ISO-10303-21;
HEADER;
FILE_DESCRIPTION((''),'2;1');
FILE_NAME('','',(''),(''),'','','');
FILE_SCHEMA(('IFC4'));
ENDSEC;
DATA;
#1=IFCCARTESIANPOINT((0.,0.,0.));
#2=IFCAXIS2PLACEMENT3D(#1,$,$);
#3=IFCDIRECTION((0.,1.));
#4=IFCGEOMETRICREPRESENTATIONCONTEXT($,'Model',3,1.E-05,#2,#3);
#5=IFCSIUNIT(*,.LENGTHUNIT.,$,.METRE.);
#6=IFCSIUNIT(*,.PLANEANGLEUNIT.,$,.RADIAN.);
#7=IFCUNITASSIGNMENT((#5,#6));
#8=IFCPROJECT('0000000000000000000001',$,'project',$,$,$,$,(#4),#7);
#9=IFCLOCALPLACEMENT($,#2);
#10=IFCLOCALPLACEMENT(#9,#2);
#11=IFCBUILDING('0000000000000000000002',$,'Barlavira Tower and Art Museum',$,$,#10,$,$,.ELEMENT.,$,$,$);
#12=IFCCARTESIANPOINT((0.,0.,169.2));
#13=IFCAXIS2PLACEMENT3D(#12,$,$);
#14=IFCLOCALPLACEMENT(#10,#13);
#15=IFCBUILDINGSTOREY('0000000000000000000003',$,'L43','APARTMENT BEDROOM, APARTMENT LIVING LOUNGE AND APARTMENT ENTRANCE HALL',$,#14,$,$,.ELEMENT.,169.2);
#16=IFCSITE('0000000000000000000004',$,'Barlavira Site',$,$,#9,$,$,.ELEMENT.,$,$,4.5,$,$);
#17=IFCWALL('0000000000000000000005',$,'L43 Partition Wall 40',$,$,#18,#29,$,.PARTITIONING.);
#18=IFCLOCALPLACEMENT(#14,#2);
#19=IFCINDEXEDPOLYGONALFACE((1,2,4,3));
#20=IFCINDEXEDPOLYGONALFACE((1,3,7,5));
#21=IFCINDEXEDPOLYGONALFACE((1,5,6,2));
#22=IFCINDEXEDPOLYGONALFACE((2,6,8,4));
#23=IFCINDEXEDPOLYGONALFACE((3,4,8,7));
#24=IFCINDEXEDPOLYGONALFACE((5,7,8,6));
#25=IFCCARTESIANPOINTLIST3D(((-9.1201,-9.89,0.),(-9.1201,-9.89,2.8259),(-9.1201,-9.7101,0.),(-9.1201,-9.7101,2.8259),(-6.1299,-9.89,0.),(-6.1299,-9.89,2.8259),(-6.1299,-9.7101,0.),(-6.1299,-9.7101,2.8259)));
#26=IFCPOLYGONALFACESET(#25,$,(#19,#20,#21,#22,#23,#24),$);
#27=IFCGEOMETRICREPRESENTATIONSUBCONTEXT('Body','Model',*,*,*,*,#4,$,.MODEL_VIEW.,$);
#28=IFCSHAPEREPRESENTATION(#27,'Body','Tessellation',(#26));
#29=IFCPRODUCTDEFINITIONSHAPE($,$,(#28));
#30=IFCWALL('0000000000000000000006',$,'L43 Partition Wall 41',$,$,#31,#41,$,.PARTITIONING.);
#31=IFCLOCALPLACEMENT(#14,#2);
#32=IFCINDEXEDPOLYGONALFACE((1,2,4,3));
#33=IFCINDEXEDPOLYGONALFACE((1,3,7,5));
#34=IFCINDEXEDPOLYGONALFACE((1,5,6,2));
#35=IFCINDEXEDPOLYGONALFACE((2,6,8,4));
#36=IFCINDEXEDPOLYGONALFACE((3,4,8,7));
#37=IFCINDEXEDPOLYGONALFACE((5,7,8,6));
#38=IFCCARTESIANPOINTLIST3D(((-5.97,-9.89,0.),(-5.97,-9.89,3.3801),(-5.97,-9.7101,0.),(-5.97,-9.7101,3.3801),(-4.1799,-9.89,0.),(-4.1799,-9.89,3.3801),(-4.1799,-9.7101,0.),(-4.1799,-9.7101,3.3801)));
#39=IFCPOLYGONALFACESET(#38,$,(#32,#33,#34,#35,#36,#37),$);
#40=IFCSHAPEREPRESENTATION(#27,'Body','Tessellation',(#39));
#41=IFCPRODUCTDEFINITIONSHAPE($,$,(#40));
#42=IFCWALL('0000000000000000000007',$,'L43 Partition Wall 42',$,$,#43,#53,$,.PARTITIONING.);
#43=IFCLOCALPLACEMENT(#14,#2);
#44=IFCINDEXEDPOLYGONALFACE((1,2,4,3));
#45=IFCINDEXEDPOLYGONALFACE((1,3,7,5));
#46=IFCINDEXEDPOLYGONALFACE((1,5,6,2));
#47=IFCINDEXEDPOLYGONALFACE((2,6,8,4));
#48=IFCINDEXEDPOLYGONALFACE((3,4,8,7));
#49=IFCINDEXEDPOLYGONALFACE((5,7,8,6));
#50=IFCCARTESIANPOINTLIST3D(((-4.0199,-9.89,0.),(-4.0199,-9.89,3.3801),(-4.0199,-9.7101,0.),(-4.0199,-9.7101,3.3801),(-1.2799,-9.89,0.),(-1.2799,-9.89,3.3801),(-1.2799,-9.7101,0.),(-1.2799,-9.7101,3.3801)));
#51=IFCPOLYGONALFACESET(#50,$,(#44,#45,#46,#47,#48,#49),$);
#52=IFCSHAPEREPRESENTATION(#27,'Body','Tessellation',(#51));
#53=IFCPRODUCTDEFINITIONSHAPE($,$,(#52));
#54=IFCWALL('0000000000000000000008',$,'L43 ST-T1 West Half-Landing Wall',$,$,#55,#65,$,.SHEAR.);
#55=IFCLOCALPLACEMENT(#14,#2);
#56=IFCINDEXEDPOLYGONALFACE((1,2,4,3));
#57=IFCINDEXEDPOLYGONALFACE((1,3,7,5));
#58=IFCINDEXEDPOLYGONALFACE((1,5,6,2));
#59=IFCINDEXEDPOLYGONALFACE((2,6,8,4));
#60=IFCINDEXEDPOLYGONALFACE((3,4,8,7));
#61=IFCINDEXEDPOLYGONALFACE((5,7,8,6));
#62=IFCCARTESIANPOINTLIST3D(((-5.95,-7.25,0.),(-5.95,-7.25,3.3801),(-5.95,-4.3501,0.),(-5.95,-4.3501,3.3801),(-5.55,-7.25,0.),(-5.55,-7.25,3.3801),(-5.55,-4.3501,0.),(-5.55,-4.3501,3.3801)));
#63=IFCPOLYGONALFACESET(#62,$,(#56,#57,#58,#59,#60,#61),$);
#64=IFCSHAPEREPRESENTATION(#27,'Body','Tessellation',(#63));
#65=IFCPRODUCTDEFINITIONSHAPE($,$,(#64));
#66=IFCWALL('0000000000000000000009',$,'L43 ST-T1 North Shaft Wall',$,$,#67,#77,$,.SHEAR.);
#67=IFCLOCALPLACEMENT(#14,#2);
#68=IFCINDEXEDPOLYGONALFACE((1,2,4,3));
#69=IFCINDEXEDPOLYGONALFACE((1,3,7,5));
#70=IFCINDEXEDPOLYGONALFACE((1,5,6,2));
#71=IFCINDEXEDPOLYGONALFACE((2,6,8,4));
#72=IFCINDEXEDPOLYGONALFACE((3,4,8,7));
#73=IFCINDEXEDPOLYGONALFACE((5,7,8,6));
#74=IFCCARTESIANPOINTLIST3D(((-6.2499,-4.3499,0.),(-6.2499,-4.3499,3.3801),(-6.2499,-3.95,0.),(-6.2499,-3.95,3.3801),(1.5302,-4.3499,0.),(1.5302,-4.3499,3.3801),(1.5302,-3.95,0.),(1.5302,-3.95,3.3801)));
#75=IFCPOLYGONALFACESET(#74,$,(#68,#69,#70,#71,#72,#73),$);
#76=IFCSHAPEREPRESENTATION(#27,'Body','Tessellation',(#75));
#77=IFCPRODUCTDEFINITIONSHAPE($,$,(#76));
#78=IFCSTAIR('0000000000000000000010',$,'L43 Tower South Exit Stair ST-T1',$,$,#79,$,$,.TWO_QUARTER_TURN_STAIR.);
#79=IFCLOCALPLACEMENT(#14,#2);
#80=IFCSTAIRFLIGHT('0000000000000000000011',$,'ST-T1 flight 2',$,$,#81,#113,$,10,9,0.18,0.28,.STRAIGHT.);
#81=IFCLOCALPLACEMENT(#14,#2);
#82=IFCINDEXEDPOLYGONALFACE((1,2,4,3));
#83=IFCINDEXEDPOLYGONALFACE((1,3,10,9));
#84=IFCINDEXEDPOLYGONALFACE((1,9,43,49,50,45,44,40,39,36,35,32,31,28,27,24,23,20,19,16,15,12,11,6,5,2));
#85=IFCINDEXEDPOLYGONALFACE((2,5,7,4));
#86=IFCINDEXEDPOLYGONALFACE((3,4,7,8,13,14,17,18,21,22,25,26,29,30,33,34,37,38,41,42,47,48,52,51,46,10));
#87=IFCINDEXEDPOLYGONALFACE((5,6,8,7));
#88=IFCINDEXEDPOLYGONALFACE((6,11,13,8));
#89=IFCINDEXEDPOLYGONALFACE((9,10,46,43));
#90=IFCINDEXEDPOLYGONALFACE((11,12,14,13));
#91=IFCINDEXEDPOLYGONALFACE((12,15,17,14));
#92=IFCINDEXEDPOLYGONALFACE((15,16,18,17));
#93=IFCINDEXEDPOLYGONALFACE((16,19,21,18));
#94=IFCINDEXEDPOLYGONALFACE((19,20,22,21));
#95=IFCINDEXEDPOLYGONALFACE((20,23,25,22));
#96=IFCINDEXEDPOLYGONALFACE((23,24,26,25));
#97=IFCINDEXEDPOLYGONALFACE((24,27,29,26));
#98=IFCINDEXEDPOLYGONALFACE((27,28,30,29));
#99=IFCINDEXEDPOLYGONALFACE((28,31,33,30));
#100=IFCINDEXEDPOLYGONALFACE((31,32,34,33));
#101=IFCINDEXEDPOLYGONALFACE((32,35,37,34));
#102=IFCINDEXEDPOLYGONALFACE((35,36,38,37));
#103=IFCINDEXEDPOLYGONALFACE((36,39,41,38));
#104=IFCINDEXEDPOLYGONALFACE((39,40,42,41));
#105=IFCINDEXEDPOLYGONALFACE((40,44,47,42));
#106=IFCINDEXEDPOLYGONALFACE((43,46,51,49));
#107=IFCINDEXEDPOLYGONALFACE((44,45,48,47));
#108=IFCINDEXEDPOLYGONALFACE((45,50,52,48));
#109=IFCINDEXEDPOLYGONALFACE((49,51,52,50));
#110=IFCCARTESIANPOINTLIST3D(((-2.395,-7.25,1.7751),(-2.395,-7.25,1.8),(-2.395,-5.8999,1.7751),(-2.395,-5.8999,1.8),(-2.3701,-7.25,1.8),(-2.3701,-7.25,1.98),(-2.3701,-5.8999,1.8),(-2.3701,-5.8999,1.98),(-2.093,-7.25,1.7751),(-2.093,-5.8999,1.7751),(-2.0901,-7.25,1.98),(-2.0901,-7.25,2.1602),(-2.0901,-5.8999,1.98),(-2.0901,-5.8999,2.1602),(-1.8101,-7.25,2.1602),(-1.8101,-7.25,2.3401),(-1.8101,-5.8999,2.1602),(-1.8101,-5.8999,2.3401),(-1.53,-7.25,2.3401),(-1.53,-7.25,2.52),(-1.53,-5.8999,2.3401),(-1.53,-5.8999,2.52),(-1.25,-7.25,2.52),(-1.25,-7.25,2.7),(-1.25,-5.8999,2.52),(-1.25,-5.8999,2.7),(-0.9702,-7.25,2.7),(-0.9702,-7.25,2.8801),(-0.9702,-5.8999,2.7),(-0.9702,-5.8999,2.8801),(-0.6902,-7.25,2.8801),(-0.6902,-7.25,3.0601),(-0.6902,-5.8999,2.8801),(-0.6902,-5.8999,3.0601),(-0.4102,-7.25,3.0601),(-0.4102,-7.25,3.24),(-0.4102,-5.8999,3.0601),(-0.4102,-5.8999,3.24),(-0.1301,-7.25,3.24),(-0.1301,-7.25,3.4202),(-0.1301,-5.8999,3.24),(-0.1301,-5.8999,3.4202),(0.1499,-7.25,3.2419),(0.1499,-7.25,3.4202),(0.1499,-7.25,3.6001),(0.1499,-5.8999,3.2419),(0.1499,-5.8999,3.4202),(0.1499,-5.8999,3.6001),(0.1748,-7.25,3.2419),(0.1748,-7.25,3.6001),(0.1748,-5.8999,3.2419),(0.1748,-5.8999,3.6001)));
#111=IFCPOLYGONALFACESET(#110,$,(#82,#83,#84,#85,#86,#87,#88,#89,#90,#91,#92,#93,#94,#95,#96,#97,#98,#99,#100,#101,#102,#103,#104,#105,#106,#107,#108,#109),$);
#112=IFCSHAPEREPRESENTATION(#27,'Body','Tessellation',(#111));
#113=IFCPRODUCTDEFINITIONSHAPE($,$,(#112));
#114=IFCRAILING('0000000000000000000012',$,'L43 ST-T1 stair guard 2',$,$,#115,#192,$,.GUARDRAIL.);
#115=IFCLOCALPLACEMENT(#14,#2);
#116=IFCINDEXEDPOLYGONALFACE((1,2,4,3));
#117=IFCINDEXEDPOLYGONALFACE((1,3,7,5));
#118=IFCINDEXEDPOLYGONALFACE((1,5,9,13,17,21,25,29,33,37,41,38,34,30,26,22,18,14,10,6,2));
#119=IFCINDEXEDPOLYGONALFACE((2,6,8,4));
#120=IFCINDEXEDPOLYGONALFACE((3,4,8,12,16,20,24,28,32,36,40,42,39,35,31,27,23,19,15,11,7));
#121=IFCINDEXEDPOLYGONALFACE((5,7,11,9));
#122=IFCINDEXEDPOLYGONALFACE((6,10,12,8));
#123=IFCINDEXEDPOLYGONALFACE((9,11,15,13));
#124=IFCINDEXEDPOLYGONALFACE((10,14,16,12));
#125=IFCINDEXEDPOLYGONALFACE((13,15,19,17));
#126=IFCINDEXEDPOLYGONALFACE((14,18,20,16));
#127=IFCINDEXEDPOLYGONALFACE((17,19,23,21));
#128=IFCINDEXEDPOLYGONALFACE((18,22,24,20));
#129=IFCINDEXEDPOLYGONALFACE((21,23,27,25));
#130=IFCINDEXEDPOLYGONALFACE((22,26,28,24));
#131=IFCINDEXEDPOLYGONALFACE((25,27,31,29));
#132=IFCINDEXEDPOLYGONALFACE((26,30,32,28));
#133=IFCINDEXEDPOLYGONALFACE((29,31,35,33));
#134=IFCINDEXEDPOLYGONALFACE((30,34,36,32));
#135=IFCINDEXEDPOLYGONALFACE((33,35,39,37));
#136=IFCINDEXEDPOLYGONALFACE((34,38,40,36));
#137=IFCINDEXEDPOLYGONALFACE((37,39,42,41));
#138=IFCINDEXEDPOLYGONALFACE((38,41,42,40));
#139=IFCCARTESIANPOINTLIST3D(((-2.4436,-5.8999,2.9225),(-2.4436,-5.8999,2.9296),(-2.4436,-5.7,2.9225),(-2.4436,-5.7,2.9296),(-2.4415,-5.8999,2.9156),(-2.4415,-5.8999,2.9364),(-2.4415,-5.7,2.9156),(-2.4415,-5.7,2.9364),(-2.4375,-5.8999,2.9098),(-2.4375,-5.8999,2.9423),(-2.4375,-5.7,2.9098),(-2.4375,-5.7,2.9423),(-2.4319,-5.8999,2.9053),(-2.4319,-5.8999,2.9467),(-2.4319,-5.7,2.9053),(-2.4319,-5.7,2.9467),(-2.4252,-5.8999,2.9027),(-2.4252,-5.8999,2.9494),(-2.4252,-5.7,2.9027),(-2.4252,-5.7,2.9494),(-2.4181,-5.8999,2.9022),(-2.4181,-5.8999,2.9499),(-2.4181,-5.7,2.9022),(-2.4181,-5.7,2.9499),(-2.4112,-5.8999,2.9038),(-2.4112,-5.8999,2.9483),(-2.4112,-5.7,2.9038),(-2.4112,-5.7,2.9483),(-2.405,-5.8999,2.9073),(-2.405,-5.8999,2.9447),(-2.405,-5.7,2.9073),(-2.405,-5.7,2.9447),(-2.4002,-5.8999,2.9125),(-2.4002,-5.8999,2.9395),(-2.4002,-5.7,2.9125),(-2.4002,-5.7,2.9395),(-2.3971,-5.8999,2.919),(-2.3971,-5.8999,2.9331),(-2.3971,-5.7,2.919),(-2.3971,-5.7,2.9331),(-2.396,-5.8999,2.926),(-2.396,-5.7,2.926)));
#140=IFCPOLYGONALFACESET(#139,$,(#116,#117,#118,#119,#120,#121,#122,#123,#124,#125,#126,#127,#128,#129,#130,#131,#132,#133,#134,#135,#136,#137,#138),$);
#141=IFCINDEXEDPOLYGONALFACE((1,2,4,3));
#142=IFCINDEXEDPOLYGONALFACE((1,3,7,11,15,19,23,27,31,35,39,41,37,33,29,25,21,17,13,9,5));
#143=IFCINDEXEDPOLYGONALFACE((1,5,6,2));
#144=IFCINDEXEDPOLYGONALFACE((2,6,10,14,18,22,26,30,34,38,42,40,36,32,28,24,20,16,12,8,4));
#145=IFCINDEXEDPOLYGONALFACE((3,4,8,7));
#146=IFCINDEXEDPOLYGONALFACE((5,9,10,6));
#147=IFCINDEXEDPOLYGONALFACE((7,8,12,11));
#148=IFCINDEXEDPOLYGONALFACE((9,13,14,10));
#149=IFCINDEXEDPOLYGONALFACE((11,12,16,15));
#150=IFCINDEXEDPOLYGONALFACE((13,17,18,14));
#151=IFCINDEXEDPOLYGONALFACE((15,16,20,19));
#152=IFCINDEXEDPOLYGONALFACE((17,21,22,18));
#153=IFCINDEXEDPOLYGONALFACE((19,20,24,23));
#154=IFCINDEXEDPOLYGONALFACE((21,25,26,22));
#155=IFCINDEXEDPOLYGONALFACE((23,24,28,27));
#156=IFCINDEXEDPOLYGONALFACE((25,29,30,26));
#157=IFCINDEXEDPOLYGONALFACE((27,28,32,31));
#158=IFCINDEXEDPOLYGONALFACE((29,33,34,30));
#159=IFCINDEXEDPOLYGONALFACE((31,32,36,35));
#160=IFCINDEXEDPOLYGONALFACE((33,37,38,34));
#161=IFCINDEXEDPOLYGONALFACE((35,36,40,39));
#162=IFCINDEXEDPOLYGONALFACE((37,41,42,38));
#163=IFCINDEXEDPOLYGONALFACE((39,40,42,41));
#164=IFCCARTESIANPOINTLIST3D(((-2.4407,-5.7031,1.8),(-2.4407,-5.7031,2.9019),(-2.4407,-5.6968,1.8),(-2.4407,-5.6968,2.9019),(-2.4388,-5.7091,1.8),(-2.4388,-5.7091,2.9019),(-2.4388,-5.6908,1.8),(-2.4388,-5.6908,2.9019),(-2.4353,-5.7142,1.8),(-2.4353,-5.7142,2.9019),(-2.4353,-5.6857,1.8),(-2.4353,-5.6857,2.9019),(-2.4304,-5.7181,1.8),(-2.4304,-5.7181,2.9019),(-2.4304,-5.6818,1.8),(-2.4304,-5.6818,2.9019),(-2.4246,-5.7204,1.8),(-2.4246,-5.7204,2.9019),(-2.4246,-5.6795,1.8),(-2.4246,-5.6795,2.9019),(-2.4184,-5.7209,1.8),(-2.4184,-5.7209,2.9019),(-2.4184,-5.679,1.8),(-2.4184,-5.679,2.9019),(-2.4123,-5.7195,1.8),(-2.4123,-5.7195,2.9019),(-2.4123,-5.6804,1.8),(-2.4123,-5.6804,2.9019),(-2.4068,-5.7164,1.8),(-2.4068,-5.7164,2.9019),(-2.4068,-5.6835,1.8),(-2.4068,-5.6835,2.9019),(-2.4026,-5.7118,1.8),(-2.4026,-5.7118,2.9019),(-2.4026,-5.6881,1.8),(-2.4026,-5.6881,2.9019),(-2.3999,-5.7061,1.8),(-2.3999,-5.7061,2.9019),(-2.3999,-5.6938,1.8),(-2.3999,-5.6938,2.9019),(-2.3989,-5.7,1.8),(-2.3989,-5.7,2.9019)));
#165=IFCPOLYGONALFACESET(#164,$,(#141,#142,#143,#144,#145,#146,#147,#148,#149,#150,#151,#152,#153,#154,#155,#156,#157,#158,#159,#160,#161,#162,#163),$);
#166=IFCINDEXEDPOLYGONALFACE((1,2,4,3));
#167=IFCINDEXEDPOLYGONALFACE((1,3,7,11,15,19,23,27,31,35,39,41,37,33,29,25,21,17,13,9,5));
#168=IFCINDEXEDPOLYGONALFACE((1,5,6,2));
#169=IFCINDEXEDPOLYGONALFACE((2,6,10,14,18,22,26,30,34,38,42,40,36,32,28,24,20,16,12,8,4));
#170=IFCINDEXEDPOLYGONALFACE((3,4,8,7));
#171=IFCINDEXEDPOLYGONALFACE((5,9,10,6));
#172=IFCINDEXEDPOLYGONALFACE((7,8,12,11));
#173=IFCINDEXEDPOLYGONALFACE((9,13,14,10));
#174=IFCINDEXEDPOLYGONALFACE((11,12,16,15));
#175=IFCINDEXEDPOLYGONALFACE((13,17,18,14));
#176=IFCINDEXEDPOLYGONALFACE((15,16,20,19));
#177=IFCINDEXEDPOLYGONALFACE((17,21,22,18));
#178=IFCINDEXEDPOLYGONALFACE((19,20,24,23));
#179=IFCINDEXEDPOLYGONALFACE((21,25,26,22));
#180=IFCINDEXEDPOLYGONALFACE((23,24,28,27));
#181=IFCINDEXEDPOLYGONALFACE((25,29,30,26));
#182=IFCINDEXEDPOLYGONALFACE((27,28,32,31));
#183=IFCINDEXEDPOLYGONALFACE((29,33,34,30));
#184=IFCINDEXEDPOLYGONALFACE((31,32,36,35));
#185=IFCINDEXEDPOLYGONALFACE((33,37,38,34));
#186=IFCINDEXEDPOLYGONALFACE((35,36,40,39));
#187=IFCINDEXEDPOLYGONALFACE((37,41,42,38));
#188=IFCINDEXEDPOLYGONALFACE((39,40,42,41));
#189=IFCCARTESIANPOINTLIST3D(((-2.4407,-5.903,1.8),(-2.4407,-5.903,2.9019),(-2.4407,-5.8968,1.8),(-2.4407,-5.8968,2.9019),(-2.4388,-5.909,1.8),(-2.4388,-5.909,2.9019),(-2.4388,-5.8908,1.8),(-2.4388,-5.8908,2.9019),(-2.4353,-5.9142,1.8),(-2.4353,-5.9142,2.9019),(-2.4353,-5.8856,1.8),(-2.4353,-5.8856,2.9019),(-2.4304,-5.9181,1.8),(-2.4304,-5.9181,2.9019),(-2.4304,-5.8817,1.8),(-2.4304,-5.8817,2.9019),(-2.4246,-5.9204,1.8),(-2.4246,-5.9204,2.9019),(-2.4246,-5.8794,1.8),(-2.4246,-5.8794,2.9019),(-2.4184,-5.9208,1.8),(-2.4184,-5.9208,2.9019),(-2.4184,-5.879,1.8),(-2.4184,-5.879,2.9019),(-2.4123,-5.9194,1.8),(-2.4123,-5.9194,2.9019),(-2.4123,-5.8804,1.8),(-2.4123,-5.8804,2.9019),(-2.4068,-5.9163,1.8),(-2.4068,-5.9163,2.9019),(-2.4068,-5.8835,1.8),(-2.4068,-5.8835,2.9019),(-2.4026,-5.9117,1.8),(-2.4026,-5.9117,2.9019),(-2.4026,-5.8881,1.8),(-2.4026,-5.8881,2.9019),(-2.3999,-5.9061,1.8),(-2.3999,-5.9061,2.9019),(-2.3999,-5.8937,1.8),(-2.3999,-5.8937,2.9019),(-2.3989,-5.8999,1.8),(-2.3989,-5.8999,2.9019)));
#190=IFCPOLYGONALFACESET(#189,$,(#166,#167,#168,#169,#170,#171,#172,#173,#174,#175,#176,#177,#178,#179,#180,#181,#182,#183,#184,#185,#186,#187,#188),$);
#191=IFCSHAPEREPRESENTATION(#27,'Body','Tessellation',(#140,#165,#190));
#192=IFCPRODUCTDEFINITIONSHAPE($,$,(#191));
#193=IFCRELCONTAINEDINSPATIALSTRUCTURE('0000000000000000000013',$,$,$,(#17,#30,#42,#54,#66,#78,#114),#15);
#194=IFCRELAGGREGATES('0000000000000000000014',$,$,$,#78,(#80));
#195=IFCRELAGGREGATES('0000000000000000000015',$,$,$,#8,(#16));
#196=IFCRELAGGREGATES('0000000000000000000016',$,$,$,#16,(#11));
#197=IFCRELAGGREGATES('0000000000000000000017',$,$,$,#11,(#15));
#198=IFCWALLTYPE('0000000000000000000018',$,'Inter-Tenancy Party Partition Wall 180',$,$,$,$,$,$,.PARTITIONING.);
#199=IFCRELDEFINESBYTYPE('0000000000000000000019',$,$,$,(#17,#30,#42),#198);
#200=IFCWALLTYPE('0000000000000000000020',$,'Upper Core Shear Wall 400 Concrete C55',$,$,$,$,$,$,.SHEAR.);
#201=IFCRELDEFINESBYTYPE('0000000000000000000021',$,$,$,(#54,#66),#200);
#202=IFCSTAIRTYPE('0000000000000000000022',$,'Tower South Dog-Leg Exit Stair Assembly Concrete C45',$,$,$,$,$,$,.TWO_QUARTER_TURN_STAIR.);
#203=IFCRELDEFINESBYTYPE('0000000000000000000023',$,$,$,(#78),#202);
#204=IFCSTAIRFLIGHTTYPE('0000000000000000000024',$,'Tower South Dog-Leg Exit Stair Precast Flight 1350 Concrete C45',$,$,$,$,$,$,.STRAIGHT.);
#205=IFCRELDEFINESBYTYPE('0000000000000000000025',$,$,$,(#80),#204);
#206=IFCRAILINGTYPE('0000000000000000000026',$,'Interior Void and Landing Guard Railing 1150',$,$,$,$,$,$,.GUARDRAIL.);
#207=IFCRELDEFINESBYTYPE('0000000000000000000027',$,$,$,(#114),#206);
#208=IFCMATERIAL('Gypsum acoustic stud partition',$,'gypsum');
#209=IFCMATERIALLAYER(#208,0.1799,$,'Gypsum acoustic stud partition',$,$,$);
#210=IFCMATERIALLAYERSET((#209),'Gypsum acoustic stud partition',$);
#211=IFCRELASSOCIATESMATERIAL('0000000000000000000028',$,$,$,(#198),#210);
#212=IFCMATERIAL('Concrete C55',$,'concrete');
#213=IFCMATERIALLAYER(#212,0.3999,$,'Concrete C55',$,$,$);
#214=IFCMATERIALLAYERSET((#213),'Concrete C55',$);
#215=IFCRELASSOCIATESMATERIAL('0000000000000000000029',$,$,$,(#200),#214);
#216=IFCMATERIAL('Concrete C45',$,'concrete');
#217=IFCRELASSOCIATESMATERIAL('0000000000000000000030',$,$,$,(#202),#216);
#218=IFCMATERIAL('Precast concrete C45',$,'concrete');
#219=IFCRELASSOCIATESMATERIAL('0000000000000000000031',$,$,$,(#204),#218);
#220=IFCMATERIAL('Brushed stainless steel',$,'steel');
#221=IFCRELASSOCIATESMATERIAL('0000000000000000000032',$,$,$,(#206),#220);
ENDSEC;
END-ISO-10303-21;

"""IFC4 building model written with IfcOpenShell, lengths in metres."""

from ifc_helpers import new_model, si_unit, direction, frame, frame_2d, origin, origin_2d, place, context, subcontext, project, spatial, polyline, rectangle, circle, outline, extrude, material, layer, layer_set, type_object, element, aggregate, save


model = new_model("IFC4")

# Units and contexts
model_context = context("Model", 3, precision=1e-05, world=origin(), true_north=direction((0.0, 1.0)))
body_context = subcontext(model_context, "Body", "Model", "MODEL_VIEW")
ifc_project = project(units=[si_unit("LENGTHUNIT", "METRE"), si_unit("PLANEANGLEUNIT", "RADIAN")], contexts=[model_context])

# Site, building, storey
site_placement = place(None, origin())
site = spatial("IfcSite", under=ifc_project, at=site_placement, Name="Barlavira Site", CompositionType="ELEMENT", RefElevation=4.5)
building_placement = place(site_placement, origin())
building = spatial("IfcBuilding", under=site, at=building_placement, Name="Barlavira Tower and Art Museum", CompositionType="ELEMENT")
storey_placement = place(building_placement, frame((0.0, 0.0, 169.2)))
storey = spatial("IfcBuildingStorey", under=building, at=storey_placement, Name="L43", Description="APARTMENT BEDROOM, APARTMENT LIVING LOUNGE AND APARTMENT ENTRANCE HALL", CompositionType="ELEMENT", Elevation=169.2)

# Shared definitions
ifc_material_1 = material(Name="Brushed stainless steel", Category="steel")

# Shared definitions
ifc_material_2 = material(Name="Gypsum acoustic stud partition", Category="gypsum")
ifc_layer_1 = layer(ifc_material_2, 0.1799, Name="Gypsum acoustic stud partition")
ifc_layer_set_1 = layer_set([ifc_layer_1], Name="Gypsum acoustic stud partition")
wall_type_1 = type_object("IfcWallType", Name="Inter-Tenancy Party Partition Wall 180", PredefinedType="PARTITIONING", material=ifc_layer_set_1)

# Walls
wall_1_placement = place(storey_placement, frame((-9.1201, -9.8, 0.0), z_axis=(0.0, 0.0, 1.0), x_axis=(1.0, 0.0, 0.0)))
element("IfcWall", 1, at=wall_1_placement, inside=storey, type_object=wall_type_1, Name="L43 Partition Wall 40", PredefinedType="PARTITIONING", context=body_context, shape_type="SweptSolid", body=[
    extrude(rectangle(XDim=2.9902, YDim=0.1799, at=frame_2d((1.4951, 0.0))), origin(), (0.0, 0.0, 1.0), 2.8259),
])
wall_2_placement = place(storey_placement, frame((-5.97, -9.8, 0.0), z_axis=(0.0, 0.0, 1.0), x_axis=(1.0, 0.0, 0.0)))
element("IfcWall", 2, at=wall_2_placement, inside=storey, type_object=wall_type_1, Name="L43 Partition Wall 41", PredefinedType="PARTITIONING", context=body_context, shape_type="SweptSolid", body=[
    extrude(rectangle(XDim=1.79, YDim=0.1799, at=frame_2d((0.895, 0.0))), origin(), (0.0, 0.0, 1.0), 3.3801),
])
wall_3_placement = place(storey_placement, frame((-4.02, -9.8, 0.0), z_axis=(0.0, 0.0, 1.0), x_axis=(1.0, 0.0, 0.0)))
element("IfcWall", 3, at=wall_3_placement, inside=storey, type_object=wall_type_1, Name="L43 Partition Wall 42", PredefinedType="PARTITIONING", context=body_context, shape_type="SweptSolid", body=[
    extrude(rectangle(XDim=2.74, YDim=0.1799, at=frame_2d((1.3701, 0.0))), origin(), (0.0, 0.0, 1.0), 3.3801),
])
ifc_material_3 = material(Name="Concrete C55", Category="concrete")
ifc_layer_2 = layer(ifc_material_3, 0.3999, Name="Concrete C55")
ifc_layer_set_2 = layer_set([ifc_layer_2], Name="Concrete C55")
wall_type_2 = type_object("IfcWallType", Name="Upper Core Shear Wall 400 Concrete C55", PredefinedType="SHEAR", material=ifc_layer_set_2)
wall_4_placement = place(storey_placement, frame((-5.75, -7.25, 0.0), z_axis=(0.0, 0.0, 1.0), x_axis=(0.0, 1.0, 0.0)))
element("IfcWall", 4, at=wall_4_placement, inside=storey, type_object=wall_type_2, Name="L43 ST-T1 West Half-Landing Wall", PredefinedType="SHEAR", context=body_context, shape_type="SweptSolid", body=[
    extrude(rectangle(XDim=2.8999, YDim=0.3999, at=frame_2d((1.45, 0.0))), origin(), (0.0, 0.0, 1.0), 3.3801),
])
wall_5_placement = place(storey_placement, frame((-6.25, -4.1499, 0.0), z_axis=(0.0, 0.0, 1.0), x_axis=(1.0, 0.0, 0.0)))
element("IfcWall", 5, at=wall_5_placement, inside=storey, type_object=wall_type_2, Name="L43 ST-T1 North Shaft Wall", PredefinedType="SHEAR", context=body_context, shape_type="SweptSolid", body=[
    extrude(rectangle(XDim=7.78, YDim=0.3999, at=frame_2d((3.8901, 0.0))), origin(), (0.0, 0.0, 1.0), 3.3801),
])

# Stair, stair flight
ifc_material_4 = material(Name="Concrete C45", Category="concrete")
stair_type = type_object("IfcStairType", Name="Tower South Dog-Leg Exit Stair Assembly Concrete C45", PredefinedType="TWO_QUARTER_TURN_STAIR", material=ifc_material_4)
stair_placement = place(storey_placement, origin())
stair = element("IfcStair", 6, at=stair_placement, inside=storey, type_object=stair_type, Name="L43 Tower South Exit Stair ST-T1", PredefinedType="TWO_QUARTER_TURN_STAIR")
ifc_material_5 = material(Name="Precast concrete C45", Category="concrete")
stair_flight_type = type_object("IfcStairFlightType", Name="Tower South Dog-Leg Exit Stair Precast Flight 1350 Concrete C45", PredefinedType="STRAIGHT", material=ifc_material_5)
stair_flight_placement = place(storey_placement, frame((-2.3701, -6.575, 1.8), z_axis=(0.0, 0.0, 1.0), x_axis=(1.0, 0.0, 0.0)))
stair_flight = element("IfcStairFlight", 7, at=stair_flight_placement, type_object=stair_flight_type, Name="ST-T1 flight 2", NumberOfRisers=10, NumberOfTreads=9, PredefinedType="STRAIGHT", RiserHeight=0.18, TreadLength=0.28, context=body_context, shape_type="SweptSolid", body=[
    extrude(outline(polyline([(-0.0249, 0.0), (0.0, 0.0), (0.0, 0.1799), (0.28, 0.1799), (0.28, 0.3601), (0.5601, 0.3601), (0.5601, 0.54), (0.8401, 0.54), (0.8401, 0.72), (1.1201, 0.72), (1.1201, 0.8999), (1.3999, 0.8999), (1.3999, 1.0801), (1.6799, 1.0801), (1.6799, 1.26), (1.96, 1.26), (1.96, 1.4399), (2.24, 1.4399), (2.24, 1.6201), (2.52, 1.6201), (2.52, 1.8), (2.5449, 1.8), (2.5449, 1.4419), (2.52, 1.4419), (0.2771, -0.0249), (-0.0249, -0.0249), (-0.0249, 0.0)])), frame((0.0, 0.675, 0.0), z_axis=(0.0, -1.0, 0.0), x_axis=(1.0, 0.0, 0.0)), (0.0, 0.0, 1.0), 1.3501),
])
aggregate(stair, [stair_flight])

# Railing
railing_type_1 = type_object("IfcRailingType", Name="Interior Void and Landing Guard Railing 1150", PredefinedType="GUARDRAIL", material=ifc_material_1)
railing_1_placement = place(storey_placement, frame((-2.4199, -5.7, 1.8)))
element("IfcRailing", 8, at=railing_1_placement, inside=storey, type_object=railing_type_1, Name="L43 ST-T1 stair guard 2", PredefinedType="GUARDRAIL", context=body_context, shape_type="SweptSolid", body=[
    extrude(circle(Radius=0.0239, at=origin_2d()), frame((0.0, 0.0, 1.126), z_axis=(0.0, -1.0, 0.0), x_axis=(1.0, 0.0, 0.0)), (0.0, 0.0, 1.0), 0.2),
    extrude(circle(Radius=0.021, at=origin_2d()), origin(), (0.0, 0.0, 1.0), 1.1018),
    extrude(circle(Radius=0.021, at=origin_2d()), frame((0.0, -0.2, 0.0)), (0.0, 0.0, 1.0), 1.1018),
])

save(model, "model.ifc")
